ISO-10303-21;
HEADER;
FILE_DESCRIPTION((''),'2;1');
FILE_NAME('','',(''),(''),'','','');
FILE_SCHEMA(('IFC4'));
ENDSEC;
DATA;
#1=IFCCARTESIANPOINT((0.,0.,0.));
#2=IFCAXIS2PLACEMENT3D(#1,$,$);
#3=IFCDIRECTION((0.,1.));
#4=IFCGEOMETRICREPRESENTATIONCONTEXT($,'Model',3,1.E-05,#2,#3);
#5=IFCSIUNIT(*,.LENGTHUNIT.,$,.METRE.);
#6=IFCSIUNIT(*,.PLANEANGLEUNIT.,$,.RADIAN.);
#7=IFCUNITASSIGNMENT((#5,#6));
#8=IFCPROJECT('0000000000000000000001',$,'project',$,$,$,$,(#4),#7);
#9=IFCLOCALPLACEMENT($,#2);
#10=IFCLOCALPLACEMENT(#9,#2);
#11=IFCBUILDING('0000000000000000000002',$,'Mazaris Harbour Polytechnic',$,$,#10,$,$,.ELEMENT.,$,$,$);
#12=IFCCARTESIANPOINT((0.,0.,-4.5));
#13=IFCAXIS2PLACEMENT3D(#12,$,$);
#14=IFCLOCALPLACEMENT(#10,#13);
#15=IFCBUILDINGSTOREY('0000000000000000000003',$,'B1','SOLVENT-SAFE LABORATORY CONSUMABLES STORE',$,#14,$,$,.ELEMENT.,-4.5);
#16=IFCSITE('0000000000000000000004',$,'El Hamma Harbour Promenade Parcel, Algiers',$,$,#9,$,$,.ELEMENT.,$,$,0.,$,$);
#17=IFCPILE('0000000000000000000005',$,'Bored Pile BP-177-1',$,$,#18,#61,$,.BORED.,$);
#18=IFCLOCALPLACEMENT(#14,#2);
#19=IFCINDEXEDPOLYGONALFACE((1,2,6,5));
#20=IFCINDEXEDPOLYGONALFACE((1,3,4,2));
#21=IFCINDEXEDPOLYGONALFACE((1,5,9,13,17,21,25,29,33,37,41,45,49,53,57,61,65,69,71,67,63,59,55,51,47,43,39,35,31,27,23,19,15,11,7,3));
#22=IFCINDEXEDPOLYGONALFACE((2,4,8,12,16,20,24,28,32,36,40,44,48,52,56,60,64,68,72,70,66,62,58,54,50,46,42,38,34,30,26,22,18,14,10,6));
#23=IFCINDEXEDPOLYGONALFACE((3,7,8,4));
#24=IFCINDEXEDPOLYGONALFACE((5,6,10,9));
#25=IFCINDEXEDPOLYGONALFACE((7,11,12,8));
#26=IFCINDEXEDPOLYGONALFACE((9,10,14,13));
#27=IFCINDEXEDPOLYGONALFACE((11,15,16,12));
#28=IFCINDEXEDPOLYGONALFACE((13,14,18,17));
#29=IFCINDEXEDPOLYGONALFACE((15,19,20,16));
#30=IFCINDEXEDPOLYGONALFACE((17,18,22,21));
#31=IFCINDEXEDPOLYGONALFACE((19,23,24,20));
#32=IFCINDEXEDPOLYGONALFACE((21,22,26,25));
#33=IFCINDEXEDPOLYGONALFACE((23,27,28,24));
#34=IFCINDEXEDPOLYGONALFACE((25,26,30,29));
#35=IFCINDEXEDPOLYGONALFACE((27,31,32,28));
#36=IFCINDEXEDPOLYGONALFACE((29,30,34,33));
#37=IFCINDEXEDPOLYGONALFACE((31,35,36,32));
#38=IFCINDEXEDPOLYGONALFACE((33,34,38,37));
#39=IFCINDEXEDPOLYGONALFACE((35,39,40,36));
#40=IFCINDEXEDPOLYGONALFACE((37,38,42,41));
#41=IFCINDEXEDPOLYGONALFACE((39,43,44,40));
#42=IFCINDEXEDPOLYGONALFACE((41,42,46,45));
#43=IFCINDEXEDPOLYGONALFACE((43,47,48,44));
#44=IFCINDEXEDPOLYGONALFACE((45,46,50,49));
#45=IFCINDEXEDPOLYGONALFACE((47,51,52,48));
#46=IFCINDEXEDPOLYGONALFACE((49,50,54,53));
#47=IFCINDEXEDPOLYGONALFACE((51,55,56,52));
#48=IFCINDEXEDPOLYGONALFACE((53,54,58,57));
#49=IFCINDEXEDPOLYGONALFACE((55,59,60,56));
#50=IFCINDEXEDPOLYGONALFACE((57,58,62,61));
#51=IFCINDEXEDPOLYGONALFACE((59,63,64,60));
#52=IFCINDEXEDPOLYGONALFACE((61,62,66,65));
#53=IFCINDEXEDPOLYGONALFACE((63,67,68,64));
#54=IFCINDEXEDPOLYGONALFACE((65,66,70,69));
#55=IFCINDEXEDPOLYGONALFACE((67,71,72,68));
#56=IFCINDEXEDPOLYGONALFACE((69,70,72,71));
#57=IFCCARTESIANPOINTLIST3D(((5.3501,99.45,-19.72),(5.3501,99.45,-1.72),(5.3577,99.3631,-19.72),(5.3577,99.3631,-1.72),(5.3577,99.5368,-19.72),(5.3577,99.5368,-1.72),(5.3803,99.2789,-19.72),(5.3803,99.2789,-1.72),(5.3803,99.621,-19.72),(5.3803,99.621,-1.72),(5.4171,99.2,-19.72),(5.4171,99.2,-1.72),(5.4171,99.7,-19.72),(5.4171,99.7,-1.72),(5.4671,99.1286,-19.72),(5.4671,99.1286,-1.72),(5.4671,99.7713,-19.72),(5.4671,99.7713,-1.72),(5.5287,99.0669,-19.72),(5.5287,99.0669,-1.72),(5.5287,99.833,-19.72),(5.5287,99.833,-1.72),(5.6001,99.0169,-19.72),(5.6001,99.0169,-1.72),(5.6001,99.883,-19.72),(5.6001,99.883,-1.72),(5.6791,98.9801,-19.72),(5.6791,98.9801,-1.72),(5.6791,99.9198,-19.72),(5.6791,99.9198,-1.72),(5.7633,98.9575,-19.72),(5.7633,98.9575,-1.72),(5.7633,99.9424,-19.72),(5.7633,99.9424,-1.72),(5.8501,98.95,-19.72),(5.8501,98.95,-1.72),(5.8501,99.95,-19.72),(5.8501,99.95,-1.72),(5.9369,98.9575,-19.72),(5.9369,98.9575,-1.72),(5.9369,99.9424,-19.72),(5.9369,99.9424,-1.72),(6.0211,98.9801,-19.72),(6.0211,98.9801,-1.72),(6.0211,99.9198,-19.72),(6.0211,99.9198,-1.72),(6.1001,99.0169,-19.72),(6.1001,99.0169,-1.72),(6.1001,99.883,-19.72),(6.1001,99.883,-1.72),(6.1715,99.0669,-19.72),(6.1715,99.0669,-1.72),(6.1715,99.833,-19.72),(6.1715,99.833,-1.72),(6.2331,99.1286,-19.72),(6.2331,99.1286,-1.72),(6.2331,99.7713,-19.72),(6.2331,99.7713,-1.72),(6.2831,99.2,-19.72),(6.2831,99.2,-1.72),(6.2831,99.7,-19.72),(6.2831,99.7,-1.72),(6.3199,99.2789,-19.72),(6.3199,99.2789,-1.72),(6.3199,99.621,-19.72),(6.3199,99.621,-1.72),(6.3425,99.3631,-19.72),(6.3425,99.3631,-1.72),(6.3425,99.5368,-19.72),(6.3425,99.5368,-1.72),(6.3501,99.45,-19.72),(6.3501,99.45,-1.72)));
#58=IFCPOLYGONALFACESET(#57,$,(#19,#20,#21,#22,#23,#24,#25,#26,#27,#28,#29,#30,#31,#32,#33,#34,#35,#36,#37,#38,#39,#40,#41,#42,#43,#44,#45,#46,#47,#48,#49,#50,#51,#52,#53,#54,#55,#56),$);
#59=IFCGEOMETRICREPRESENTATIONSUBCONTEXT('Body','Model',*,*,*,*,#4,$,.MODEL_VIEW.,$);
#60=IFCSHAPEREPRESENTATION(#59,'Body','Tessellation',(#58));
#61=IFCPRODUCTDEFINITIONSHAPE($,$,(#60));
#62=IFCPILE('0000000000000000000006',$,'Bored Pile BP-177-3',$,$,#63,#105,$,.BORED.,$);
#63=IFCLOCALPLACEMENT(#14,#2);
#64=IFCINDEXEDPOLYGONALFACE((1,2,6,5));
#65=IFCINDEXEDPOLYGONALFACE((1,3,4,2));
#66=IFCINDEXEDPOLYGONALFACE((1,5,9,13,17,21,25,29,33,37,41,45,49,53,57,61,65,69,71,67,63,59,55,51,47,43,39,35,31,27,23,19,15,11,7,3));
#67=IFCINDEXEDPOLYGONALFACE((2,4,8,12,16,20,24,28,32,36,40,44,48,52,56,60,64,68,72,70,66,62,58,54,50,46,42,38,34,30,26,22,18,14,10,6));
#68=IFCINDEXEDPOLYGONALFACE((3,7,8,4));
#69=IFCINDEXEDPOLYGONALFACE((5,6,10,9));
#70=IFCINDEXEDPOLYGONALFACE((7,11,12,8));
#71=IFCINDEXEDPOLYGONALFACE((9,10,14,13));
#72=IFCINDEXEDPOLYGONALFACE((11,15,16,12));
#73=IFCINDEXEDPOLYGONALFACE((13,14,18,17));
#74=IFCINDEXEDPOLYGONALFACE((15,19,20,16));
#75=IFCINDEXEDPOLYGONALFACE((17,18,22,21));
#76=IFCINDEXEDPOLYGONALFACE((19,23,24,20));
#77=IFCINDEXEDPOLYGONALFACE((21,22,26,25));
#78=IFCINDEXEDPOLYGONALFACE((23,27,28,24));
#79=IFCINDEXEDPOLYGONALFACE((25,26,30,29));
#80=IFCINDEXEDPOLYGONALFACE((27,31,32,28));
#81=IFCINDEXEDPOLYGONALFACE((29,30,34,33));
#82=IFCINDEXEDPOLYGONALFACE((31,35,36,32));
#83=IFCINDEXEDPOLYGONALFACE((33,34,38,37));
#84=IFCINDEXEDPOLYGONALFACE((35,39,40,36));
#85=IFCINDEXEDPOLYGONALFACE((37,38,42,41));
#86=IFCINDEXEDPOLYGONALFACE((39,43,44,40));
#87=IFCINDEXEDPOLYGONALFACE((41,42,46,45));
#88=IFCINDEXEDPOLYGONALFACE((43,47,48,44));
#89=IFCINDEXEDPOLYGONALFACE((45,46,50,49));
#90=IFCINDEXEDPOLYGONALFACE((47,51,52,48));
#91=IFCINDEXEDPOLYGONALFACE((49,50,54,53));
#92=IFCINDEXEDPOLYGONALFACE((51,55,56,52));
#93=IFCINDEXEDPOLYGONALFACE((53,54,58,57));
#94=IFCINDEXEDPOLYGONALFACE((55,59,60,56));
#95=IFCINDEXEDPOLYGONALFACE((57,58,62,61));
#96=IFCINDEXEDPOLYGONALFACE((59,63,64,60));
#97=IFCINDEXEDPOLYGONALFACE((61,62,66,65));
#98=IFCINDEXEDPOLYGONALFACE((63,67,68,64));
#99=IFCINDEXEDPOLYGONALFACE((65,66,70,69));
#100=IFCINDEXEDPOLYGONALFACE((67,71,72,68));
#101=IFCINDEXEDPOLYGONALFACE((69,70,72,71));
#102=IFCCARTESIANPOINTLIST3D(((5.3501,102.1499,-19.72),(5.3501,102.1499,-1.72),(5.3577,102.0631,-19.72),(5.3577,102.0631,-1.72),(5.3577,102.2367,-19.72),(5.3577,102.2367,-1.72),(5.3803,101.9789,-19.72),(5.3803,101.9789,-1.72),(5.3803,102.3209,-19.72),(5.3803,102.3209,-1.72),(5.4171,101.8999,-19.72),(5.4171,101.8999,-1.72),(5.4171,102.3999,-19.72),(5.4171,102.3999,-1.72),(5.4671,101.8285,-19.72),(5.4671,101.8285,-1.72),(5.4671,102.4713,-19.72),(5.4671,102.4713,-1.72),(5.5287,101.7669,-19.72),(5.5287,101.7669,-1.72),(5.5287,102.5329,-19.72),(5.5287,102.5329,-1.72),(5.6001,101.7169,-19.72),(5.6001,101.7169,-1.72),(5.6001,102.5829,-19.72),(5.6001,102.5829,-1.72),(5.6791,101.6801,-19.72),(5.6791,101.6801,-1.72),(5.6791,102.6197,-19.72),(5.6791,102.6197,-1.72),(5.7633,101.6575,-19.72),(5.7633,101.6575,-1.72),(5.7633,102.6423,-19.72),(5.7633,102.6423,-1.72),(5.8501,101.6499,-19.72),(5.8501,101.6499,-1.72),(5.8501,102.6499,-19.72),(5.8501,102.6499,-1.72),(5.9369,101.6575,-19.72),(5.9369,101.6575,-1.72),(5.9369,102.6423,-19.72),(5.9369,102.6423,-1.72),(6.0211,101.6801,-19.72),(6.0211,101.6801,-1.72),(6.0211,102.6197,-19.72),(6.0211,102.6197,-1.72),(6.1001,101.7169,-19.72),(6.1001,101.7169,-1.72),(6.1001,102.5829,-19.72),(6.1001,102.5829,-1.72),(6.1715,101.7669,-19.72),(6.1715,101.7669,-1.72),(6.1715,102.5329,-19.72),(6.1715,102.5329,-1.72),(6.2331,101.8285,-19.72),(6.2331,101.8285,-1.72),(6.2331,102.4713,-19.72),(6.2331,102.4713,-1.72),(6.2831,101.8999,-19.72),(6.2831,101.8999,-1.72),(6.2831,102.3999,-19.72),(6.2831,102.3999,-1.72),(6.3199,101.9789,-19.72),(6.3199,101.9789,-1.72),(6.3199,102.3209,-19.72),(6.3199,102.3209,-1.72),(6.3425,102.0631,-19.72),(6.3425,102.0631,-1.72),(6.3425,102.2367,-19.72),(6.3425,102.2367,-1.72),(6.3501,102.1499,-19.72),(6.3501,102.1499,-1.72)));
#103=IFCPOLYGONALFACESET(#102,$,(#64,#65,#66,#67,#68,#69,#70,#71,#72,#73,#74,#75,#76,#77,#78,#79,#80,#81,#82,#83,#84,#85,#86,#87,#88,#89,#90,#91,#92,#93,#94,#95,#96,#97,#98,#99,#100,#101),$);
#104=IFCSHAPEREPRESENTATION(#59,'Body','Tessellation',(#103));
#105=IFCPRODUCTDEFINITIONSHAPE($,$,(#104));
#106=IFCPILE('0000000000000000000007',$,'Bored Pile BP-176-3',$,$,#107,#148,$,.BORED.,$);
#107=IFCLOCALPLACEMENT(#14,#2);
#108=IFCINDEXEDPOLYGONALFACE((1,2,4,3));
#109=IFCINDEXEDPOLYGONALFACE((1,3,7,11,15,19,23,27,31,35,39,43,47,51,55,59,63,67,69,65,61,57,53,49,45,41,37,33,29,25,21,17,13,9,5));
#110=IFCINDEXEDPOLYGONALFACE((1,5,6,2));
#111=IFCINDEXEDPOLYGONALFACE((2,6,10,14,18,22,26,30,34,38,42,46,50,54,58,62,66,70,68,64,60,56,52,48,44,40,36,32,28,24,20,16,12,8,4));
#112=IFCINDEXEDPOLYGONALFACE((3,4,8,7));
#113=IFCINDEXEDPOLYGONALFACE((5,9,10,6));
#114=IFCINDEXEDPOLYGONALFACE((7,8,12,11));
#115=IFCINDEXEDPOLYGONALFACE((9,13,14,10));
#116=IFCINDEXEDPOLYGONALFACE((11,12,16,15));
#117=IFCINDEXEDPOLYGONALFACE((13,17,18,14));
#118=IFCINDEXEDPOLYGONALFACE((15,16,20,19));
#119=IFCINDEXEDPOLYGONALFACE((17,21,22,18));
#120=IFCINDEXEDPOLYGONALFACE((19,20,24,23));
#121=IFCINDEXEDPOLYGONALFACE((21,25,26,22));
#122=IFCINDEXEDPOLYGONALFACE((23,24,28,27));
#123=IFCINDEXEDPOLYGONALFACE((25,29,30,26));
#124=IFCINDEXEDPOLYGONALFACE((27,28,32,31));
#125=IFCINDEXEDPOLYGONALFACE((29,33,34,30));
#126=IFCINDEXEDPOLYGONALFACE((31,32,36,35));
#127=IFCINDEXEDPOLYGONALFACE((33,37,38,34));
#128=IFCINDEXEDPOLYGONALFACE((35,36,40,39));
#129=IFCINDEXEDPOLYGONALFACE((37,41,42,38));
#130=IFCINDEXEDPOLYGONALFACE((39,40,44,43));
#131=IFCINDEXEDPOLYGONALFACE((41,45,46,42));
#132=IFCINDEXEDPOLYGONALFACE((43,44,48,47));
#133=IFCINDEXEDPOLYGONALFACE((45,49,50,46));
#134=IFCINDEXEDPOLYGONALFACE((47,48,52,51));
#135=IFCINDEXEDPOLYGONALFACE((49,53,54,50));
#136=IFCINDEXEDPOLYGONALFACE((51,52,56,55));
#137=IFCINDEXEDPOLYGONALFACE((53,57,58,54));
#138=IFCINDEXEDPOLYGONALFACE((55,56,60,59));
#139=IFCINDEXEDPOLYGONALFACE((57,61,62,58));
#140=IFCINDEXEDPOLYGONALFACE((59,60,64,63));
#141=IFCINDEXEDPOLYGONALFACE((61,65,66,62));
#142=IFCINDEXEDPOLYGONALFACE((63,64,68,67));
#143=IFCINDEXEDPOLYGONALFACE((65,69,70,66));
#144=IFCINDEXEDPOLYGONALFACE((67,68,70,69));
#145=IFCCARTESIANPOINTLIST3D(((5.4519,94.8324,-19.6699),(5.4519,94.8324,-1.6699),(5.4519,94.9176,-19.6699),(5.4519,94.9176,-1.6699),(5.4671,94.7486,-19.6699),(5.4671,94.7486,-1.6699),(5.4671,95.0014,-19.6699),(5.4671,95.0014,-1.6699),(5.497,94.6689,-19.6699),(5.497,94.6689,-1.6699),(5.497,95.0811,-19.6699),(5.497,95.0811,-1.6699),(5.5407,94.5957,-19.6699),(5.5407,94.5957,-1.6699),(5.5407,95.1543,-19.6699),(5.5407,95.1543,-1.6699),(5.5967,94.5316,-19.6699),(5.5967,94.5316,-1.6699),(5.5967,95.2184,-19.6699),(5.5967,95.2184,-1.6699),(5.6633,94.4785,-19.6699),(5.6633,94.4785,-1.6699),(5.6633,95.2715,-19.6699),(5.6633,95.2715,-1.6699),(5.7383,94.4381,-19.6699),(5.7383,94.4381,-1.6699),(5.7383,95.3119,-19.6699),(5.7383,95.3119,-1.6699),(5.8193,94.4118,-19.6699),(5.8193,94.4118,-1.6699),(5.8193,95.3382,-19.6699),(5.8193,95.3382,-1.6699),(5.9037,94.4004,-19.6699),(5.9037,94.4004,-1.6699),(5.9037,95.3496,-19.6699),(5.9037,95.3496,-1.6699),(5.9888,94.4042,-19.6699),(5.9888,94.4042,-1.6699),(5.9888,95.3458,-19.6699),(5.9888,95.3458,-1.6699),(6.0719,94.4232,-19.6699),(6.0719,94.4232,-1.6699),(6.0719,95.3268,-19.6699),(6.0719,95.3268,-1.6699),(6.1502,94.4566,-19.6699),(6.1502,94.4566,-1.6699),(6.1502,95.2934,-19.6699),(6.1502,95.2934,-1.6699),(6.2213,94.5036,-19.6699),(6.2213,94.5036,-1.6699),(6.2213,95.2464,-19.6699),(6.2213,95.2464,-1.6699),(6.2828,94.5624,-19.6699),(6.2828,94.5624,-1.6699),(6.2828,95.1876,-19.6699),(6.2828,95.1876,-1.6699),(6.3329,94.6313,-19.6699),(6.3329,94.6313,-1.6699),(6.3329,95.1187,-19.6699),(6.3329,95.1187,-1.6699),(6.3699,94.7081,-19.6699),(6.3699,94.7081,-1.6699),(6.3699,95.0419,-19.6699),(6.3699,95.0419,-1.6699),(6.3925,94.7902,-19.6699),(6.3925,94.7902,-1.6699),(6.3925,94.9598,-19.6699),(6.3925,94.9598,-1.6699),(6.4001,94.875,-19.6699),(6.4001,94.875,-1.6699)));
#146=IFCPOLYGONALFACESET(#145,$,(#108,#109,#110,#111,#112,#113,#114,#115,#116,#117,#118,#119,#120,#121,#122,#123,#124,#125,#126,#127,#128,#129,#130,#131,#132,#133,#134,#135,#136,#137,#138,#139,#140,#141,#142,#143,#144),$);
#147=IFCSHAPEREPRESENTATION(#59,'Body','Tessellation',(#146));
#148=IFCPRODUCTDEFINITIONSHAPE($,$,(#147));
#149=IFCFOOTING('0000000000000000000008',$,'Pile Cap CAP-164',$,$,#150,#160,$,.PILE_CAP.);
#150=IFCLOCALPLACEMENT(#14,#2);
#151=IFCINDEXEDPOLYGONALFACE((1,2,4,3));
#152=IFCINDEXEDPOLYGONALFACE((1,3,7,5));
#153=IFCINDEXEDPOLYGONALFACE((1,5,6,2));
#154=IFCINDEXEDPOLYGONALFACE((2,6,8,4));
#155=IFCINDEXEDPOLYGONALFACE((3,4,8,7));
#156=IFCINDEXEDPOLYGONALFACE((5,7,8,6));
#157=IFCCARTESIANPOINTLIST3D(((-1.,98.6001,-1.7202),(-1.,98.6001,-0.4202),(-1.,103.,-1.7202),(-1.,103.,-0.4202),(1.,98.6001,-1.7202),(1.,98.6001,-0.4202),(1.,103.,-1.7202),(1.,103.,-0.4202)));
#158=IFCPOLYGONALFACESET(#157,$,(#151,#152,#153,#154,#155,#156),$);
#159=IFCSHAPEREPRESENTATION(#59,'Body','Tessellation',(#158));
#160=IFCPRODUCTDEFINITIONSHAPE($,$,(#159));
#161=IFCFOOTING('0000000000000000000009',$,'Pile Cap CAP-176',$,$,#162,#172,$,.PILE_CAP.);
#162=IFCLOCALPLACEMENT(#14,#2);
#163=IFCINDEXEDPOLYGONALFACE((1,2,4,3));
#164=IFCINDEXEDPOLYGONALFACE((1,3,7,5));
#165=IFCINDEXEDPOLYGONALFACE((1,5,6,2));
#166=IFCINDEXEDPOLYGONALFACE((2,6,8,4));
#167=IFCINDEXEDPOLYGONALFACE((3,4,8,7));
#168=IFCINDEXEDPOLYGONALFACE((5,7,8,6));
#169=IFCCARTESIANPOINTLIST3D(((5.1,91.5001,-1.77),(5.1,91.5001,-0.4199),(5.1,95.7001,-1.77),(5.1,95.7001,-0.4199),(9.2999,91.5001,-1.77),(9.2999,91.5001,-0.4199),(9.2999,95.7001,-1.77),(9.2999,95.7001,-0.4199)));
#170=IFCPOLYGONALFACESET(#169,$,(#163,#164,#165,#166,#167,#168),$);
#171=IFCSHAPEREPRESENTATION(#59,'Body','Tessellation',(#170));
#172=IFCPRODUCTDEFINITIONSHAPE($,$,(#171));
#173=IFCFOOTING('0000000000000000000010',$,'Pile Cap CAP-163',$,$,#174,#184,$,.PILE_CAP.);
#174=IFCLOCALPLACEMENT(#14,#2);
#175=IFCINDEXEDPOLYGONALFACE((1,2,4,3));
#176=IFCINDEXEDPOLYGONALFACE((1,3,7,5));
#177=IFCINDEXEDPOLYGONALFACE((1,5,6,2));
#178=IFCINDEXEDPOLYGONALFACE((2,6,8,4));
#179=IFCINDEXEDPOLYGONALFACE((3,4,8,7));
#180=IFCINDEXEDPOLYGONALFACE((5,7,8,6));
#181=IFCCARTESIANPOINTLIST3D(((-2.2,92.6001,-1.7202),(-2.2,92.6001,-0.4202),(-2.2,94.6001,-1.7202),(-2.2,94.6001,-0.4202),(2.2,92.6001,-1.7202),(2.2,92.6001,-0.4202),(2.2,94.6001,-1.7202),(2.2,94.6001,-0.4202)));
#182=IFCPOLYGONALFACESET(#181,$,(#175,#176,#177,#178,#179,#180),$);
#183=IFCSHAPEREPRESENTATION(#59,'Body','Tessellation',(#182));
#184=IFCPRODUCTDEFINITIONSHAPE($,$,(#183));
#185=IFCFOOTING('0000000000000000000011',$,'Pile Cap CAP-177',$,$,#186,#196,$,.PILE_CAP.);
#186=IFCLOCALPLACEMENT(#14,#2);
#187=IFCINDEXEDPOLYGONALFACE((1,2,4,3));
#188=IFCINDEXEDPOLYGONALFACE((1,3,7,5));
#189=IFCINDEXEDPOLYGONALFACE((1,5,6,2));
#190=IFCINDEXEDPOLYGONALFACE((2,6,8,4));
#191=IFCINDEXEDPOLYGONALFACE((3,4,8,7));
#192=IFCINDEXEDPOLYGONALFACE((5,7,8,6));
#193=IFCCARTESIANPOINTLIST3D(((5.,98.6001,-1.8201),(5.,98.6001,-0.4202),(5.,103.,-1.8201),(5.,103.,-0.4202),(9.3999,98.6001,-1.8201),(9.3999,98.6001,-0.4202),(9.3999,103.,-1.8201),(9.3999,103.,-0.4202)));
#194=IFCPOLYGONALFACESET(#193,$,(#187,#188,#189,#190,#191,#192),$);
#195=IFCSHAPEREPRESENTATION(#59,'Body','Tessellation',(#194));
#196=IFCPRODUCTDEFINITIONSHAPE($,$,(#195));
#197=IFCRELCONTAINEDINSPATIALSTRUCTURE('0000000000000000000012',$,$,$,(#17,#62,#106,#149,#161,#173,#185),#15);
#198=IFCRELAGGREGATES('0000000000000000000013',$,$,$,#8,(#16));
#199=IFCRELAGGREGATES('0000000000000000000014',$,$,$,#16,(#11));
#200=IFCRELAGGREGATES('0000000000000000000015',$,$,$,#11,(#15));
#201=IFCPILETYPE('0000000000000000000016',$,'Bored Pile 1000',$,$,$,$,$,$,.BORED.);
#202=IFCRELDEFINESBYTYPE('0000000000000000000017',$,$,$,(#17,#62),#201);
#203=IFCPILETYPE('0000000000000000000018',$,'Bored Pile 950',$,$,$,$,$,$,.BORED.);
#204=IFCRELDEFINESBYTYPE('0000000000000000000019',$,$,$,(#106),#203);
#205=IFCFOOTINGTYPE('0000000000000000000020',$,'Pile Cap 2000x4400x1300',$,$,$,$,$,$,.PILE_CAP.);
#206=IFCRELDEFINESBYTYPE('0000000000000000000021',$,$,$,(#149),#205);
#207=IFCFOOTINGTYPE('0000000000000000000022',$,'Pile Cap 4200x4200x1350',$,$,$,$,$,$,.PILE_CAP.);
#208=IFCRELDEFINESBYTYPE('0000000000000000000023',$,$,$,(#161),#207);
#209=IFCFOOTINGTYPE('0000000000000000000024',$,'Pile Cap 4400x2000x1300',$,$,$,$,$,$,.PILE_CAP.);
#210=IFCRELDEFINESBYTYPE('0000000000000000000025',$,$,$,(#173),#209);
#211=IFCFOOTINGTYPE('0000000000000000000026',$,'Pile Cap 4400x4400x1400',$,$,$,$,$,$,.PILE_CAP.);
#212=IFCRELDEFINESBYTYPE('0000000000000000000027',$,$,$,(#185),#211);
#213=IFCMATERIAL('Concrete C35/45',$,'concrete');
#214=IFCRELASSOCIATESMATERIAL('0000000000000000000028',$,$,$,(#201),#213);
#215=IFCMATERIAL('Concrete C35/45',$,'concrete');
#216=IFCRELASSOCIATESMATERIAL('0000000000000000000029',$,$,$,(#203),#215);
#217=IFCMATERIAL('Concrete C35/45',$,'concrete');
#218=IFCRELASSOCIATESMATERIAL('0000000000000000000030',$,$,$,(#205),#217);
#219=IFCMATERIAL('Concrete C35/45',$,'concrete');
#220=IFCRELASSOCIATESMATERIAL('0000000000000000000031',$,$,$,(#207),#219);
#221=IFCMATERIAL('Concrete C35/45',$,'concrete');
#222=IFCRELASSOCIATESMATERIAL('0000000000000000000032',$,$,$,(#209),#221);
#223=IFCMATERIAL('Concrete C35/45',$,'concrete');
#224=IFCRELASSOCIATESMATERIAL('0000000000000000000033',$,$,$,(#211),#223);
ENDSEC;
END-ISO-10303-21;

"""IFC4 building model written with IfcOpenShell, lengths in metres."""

from ifc_helpers import new_model, si_unit, direction, frame, origin, origin_2d, place, context, subcontext, project, spatial, rectangle, circle, extrude, material, material_profile, profile_set, type_object, element, save


model = new_model("IFC4")

# Units and contexts
model_context = context("Model", 3, precision=1e-05, world=origin(), true_north=direction((0.0, 1.0)))
body_context = subcontext(model_context, "Body", "Model", "MODEL_VIEW")
ifc_project = project(units=[si_unit("LENGTHUNIT", "METRE"), si_unit("PLANEANGLEUNIT", "RADIAN")], contexts=[model_context])

# Site, building, storey
site_placement = place(None, origin())
site = spatial("IfcSite", under=ifc_project, at=site_placement, Name="El Hamma Harbour Promenade Parcel, Algiers", CompositionType="ELEMENT", RefElevation=0.0)
building_placement = place(site_placement, origin())
building = spatial("IfcBuilding", under=site, at=building_placement, Name="Mazaris Harbour Polytechnic", CompositionType="ELEMENT")
storey_placement = place(building_placement, frame((0.0, 0.0, -4.5)))
storey = spatial("IfcBuildingStorey", under=building, at=storey_placement, Name="B1", Description="SOLVENT-SAFE LABORATORY CONSUMABLES STORE", CompositionType="ELEMENT", Elevation=-4.5)

# Piles
ifc_material_1 = material(Name="Concrete C35/45", Category="concrete")
ifc_material_profile_1 = material_profile(ifc_material_1, circle(Radius=0.5, at=origin_2d()), Name="DIA1000")
ifc_profile_set_1 = profile_set([ifc_material_profile_1], Name="Concrete C35/45")
pile_type_1 = type_object("IfcPileType", Name="Bored Pile 1000", PredefinedType="BORED", material=ifc_profile_set_1)
for number, where, z_axis, x_axis, name in (
    (1, (5.8501, 99.45, -1.72), (0.0, 0.0, -1.0), (1.0, 0.0, 0.0), "Bored Pile BP-177-1"),
    (2, (5.8501, 102.1499, -1.72), (0.0, 0.0, -1.0), (1.0, 0.0, 0.0), "Bored Pile BP-177-3"),
):
    element("IfcPile", number, at=place(storey_placement, frame(where, z_axis=z_axis, x_axis=x_axis)), inside=storey, type_object=pile_type_1, Name=name, PredefinedType="BORED", context=body_context, shape_type="SweptSolid", body=[
        extrude(circle(Radius=0.5, at=origin_2d()), origin(), (0.0, 0.0, 1.0), 18.0),
    ])
ifc_material_2 = material(Name="Concrete C35/45", Category="concrete")
ifc_material_profile_2 = material_profile(ifc_material_2, circle(Radius=0.4751, at=origin_2d()), Name="DIA950")
ifc_profile_set_2 = profile_set([ifc_material_profile_2], Name="Concrete C35/45")
pile_type_2 = type_object("IfcPileType", Name="Bored Pile 950", PredefinedType="BORED", material=ifc_profile_set_2)
pile_placement = place(storey_placement, frame((5.925, 94.875, -1.6699), z_axis=(0.0, 0.0, -1.0), x_axis=(1.0, 0.0, 0.0)))
element("IfcPile", 3, at=pile_placement, inside=storey, type_object=pile_type_2, Name="Bored Pile BP-176-3", PredefinedType="BORED", context=body_context, shape_type="SweptSolid", body=[
    extrude(circle(Radius=0.4751, at=origin_2d()), origin(), (0.0, 0.0, 1.0), 18.0),
])

# Footings
ifc_material_3 = material(Name="Concrete C35/45", Category="concrete")
footing_type_1 = type_object("IfcFootingType", Name="Pile Cap 2000x4400x1300", PredefinedType="PILE_CAP", material=ifc_material_3)
footing_1_placement = place(storey_placement, frame((0.0, 100.8, -1.7202), z_axis=(0.0, 0.0, 1.0), x_axis=(1.0, 0.0, 0.0)))
element("IfcFooting", 4, at=footing_1_placement, inside=storey, type_object=footing_type_1, Name="Pile Cap CAP-164", PredefinedType="PILE_CAP", context=body_context, shape_type="SweptSolid", body=[
    extrude(rectangle(XDim=2.0, YDim=4.3999, at=origin_2d()), origin(), (0.0, 0.0, 1.0), 1.3),
])
ifc_material_4 = material(Name="Concrete C35/45", Category="concrete")
footing_type_2 = type_object("IfcFootingType", Name="Pile Cap 4200x4200x1350", PredefinedType="PILE_CAP", material=ifc_material_4)
footing_2_placement = place(storey_placement, frame((7.2, 93.6001, -1.77), z_axis=(0.0, 0.0, 1.0), x_axis=(1.0, 0.0, 0.0)))
element("IfcFooting", 5, at=footing_2_placement, inside=storey, type_object=footing_type_2, Name="Pile Cap CAP-176", PredefinedType="PILE_CAP", context=body_context, shape_type="SweptSolid", body=[
    extrude(rectangle(XDim=4.2, YDim=4.2, at=origin_2d()), origin(), (0.0, 0.0, 1.0), 1.3501),
])
ifc_material_5 = material(Name="Concrete C35/45", Category="concrete")
footing_type_3 = type_object("IfcFootingType", Name="Pile Cap 4400x2000x1300", PredefinedType="PILE_CAP", material=ifc_material_5)
footing_3_placement = place(storey_placement, frame((0.0, 93.6001, -1.7202), z_axis=(0.0, 0.0, 1.0), x_axis=(1.0, 0.0, 0.0)))
element("IfcFooting", 6, at=footing_3_placement, inside=storey, type_object=footing_type_3, Name="Pile Cap CAP-163", PredefinedType="PILE_CAP", context=body_context, shape_type="SweptSolid", body=[
    extrude(rectangle(XDim=4.3999, YDim=2.0, at=origin_2d()), origin(), (0.0, 0.0, 1.0), 1.3),
])
ifc_material_6 = material(Name="Concrete C35/45", Category="concrete")
footing_type_4 = type_object("IfcFootingType", Name="Pile Cap 4400x4400x1400", PredefinedType="PILE_CAP", material=ifc_material_6)
footing_4_placement = place(storey_placement, frame((7.2, 100.8, -1.8201), z_axis=(0.0, 0.0, 1.0), x_axis=(1.0, 0.0, 0.0)))
element("IfcFooting", 7, at=footing_4_placement, inside=storey, type_object=footing_type_4, Name="Pile Cap CAP-177", PredefinedType="PILE_CAP", context=body_context, shape_type="SweptSolid", body=[
    extrude(rectangle(XDim=4.3999, YDim=4.3999, at=origin_2d()), origin(), (0.0, 0.0, 1.0), 1.3999),
])

save(model, "model.ifc")
